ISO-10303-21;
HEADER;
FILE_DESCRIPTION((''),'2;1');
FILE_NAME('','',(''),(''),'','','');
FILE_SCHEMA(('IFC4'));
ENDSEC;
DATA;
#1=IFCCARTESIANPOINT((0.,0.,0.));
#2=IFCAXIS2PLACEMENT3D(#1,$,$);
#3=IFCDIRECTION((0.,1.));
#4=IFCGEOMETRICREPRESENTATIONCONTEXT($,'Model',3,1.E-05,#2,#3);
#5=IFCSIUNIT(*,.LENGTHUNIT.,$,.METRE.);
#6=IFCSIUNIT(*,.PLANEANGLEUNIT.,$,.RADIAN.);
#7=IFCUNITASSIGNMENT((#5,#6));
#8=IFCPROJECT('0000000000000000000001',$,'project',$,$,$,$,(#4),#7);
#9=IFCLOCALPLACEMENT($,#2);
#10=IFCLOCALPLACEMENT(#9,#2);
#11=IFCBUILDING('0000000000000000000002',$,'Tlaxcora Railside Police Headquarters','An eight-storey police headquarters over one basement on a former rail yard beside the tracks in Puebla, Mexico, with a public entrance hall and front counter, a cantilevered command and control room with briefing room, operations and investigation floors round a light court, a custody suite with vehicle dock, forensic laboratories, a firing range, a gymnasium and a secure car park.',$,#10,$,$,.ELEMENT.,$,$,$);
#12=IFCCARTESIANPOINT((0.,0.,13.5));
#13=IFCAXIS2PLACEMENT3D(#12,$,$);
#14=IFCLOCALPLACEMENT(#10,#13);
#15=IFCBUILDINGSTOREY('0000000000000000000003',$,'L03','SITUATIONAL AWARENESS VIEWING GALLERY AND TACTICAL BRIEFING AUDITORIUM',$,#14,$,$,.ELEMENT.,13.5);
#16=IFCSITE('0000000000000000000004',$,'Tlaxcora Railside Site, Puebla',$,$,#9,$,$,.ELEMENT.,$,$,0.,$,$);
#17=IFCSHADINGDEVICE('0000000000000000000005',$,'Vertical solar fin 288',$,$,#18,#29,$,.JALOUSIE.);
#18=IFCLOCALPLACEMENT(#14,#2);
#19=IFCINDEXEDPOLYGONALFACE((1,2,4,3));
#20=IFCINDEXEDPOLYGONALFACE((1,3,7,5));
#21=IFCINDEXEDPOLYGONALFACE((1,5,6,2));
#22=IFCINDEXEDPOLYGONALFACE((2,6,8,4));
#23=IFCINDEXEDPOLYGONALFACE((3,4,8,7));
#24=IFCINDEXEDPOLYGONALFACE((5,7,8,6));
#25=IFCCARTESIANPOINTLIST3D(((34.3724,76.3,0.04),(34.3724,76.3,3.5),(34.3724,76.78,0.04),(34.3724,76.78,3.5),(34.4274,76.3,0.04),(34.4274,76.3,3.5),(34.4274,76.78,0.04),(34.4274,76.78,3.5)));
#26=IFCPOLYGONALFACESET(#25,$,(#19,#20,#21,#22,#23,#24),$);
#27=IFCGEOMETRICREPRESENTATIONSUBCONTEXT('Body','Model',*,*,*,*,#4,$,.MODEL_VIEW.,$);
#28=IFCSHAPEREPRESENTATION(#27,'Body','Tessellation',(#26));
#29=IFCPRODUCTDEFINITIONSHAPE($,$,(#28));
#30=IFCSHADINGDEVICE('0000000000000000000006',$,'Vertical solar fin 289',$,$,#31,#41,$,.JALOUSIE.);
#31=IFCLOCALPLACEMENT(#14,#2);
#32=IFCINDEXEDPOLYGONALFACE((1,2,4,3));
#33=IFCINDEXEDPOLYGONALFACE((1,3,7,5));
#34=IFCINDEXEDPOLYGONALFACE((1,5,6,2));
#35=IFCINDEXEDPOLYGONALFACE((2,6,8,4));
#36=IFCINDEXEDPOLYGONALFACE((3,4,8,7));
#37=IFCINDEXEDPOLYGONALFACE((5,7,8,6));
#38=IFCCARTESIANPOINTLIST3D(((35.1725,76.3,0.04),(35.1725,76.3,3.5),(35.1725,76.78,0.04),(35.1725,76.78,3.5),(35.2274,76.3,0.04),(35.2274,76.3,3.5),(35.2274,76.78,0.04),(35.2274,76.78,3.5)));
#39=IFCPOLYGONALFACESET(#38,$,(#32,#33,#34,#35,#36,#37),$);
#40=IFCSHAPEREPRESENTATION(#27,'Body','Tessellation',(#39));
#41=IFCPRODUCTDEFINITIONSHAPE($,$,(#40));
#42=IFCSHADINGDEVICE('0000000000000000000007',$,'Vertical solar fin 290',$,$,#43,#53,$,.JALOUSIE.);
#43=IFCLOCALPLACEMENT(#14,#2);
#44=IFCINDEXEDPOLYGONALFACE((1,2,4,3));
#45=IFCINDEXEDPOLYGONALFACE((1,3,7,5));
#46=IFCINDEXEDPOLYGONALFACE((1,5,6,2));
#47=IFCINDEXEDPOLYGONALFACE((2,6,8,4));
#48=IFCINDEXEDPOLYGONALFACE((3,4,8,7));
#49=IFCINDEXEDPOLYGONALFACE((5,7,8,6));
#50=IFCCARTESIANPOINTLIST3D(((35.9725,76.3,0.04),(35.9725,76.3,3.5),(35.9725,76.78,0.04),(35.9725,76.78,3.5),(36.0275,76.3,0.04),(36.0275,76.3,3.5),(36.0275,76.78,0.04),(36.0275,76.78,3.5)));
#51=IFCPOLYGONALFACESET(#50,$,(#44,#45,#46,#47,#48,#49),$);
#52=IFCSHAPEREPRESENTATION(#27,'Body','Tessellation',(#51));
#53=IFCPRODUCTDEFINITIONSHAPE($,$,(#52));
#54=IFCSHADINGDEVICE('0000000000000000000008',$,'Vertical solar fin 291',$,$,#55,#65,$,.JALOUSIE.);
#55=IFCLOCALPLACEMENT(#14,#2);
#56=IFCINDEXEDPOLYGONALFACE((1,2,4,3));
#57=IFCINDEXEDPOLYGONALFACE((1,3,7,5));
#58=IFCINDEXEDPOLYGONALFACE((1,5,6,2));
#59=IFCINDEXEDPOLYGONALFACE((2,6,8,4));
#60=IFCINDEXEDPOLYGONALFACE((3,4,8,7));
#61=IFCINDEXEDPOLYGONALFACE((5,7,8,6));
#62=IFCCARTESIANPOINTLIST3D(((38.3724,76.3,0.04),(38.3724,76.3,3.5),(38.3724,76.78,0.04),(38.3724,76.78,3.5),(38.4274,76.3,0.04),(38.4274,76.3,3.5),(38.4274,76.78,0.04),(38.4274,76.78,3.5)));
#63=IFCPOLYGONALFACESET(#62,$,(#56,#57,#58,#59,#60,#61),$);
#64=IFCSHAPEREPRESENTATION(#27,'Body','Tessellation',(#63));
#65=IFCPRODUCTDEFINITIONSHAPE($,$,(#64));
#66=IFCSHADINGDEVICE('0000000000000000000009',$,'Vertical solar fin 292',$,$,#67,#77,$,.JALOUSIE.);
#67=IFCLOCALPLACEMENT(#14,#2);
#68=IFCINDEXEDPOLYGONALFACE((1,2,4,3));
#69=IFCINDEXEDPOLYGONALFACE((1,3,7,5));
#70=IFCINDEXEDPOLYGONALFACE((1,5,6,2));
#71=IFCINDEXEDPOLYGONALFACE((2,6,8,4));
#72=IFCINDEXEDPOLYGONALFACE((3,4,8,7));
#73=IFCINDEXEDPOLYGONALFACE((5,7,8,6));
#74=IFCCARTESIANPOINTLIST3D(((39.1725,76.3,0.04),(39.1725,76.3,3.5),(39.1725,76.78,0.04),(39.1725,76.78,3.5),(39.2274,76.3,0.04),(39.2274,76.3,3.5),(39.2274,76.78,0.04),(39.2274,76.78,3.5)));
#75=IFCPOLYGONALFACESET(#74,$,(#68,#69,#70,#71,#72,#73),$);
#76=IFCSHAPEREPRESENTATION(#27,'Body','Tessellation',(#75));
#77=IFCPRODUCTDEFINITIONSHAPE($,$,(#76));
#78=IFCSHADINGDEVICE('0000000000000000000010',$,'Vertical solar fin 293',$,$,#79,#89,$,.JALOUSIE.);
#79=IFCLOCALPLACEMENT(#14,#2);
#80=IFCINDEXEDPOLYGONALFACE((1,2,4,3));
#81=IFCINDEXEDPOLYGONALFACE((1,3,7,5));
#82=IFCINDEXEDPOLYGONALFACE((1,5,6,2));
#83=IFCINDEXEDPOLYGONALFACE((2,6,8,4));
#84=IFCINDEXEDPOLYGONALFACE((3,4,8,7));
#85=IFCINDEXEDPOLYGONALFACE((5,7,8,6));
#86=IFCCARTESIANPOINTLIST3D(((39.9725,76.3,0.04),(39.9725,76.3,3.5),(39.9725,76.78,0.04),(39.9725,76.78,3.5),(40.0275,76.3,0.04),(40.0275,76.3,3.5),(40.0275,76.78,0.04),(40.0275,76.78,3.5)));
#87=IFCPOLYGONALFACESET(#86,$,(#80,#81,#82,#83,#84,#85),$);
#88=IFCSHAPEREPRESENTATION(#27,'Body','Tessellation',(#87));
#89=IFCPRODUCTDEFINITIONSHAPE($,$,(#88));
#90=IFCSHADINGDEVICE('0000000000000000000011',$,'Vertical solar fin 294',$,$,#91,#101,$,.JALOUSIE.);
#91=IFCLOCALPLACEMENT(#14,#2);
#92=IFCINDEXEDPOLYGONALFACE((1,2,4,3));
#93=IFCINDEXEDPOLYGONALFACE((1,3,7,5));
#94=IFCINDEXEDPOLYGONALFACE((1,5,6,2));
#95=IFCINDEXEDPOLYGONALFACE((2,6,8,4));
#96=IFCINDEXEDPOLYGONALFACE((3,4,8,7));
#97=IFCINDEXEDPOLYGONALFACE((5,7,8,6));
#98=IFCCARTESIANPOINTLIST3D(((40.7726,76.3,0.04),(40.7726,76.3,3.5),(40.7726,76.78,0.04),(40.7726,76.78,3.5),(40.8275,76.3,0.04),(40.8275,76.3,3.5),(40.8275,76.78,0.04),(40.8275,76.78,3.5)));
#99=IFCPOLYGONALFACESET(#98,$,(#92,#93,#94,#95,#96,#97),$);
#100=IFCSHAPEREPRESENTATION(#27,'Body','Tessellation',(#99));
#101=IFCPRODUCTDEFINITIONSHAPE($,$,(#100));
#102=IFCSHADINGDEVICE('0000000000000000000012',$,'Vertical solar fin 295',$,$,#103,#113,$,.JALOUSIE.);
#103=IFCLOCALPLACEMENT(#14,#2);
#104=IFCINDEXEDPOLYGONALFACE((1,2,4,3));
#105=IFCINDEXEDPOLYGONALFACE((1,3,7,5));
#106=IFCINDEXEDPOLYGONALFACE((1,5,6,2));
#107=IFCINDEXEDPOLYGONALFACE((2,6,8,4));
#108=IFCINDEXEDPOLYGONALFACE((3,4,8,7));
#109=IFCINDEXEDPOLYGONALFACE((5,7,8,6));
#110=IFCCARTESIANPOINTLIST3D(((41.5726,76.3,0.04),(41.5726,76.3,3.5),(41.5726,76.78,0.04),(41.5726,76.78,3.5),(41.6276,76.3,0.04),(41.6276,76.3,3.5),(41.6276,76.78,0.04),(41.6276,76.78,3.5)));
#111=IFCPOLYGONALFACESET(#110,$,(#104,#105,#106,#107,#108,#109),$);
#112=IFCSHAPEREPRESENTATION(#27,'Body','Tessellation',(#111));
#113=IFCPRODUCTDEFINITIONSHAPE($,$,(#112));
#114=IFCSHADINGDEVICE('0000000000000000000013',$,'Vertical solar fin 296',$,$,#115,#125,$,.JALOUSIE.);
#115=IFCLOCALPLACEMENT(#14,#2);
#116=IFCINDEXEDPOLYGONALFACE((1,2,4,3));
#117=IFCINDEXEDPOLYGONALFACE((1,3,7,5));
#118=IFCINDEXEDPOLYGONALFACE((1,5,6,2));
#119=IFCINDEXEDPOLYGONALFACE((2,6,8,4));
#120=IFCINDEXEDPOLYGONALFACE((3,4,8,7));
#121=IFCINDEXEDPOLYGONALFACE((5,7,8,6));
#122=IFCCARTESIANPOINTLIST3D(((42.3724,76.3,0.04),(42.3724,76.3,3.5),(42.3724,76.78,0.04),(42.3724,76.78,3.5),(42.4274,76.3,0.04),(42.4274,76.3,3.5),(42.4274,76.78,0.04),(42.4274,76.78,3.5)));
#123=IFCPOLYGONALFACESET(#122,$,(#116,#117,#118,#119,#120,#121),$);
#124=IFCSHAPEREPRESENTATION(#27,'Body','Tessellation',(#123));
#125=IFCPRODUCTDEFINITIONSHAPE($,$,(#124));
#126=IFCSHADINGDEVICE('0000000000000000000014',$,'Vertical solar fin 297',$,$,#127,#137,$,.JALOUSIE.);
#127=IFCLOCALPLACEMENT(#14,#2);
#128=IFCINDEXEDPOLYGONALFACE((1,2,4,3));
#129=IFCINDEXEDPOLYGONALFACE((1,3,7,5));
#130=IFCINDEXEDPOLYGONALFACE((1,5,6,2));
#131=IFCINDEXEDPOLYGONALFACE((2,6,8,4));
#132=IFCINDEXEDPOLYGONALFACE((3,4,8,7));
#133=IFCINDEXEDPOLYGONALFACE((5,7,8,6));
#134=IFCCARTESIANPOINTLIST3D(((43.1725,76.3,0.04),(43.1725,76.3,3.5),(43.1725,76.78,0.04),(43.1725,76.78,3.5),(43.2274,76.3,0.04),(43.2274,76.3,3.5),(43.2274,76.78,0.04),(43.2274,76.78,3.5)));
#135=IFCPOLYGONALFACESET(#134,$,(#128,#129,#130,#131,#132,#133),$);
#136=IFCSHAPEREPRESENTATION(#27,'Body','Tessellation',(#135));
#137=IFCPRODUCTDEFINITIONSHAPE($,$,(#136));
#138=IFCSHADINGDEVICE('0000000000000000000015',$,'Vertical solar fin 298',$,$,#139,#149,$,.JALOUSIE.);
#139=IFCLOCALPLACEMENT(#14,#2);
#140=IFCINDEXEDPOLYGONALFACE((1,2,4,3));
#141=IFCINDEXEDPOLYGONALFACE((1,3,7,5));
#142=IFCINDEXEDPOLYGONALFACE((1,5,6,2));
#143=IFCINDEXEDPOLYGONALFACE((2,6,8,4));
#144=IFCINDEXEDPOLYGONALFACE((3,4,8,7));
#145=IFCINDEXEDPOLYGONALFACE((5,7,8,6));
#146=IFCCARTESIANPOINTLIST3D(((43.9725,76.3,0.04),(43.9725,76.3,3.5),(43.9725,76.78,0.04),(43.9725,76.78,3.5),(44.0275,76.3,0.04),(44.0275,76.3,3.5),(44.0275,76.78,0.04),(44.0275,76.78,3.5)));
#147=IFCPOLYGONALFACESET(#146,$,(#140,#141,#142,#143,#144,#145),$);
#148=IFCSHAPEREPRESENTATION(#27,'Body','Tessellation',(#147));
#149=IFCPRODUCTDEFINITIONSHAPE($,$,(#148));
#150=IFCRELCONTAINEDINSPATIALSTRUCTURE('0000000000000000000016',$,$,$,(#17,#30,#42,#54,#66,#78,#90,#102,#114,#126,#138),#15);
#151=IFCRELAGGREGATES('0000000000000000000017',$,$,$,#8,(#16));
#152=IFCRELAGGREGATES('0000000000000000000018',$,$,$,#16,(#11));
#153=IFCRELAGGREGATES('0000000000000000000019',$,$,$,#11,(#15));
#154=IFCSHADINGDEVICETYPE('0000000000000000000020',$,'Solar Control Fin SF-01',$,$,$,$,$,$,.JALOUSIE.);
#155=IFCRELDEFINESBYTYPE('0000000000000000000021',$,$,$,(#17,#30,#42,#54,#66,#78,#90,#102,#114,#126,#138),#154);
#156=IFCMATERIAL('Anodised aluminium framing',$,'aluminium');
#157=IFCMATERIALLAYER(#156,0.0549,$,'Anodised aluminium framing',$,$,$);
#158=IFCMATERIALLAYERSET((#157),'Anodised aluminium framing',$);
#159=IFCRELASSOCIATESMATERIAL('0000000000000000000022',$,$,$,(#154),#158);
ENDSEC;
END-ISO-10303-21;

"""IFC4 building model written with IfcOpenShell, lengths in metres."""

from ifc_helpers import new_model, si_unit, direction, frame, origin, origin_2d, place, context, subcontext, project, spatial, rectangle, extrude, material, layer, layer_set, type_object, element, save


model = new_model("IFC4")

# Units and contexts
model_context = context("Model", 3, precision=1e-05, world=origin(), true_north=direction((0.0, 1.0)))
body_context = subcontext(model_context, "Body", "Model", "MODEL_VIEW")
ifc_project = project(units=[si_unit("LENGTHUNIT", "METRE"), si_unit("PLANEANGLEUNIT", "RADIAN")], contexts=[model_context])

# Site, building, storey
site_placement = place(None, origin())
site = spatial("IfcSite", under=ifc_project, at=site_placement, Name="Tlaxcora Railside Site, Puebla", CompositionType="ELEMENT", RefElevation=0.0)
building_placement = place(site_placement, origin())
building = spatial("IfcBuilding", under=site, at=building_placement, Name="Tlaxcora Railside Police Headquarters", Description="An eight-storey police headquarters over one basement on a former rail yard beside the tracks in Puebla, Mexico, with a public entrance hall and front counter, a cantilevered command and control room with briefing room, operations and investigation floors round a light court, a custody suite with vehicle dock, forensic laboratories, a firing range, a gymnasium and a secure car park.", CompositionType="ELEMENT")
storey_placement = place(building_placement, frame((0.0, 0.0, 13.5)))
storey = spatial("IfcBuildingStorey", under=building, at=storey_placement, Name="L03", Description="SITUATIONAL AWARENESS VIEWING GALLERY AND TACTICAL BRIEFING AUDITORIUM", CompositionType="ELEMENT", Elevation=13.5)

# Shared definitions
ifc_material_1 = material(Name="Anodised aluminium framing", Category="aluminium")

# Shading devices
ifc_layer_1 = layer(ifc_material_1, 0.0549, Name="Anodised aluminium framing")
ifc_layer_set_1 = layer_set([ifc_layer_1], Name="Anodised aluminium framing")
shading_device_type = type_object("IfcShadingDeviceType", Name="Solar Control Fin SF-01", PredefinedType="JALOUSIE", material=ifc_layer_set_1)
for number, where, z_axis, x_axis, name in (
    (1, (34.3999, 76.54, 0.04), (0.0, 0.0, 1.0), (0.0, -1.0, 0.0), "Vertical solar fin 288"),
    (2, (35.2, 76.54, 0.04), (0.0, 0.0, 1.0), (0.0, -1.0, 0.0), "Vertical solar fin 289"),
    (3, (36.0, 76.54, 0.04), (0.0, 0.0, 1.0), (0.0, -1.0, 0.0), "Vertical solar fin 290"),
    (4, (38.3999, 76.54, 0.04), (0.0, 0.0, 1.0), (0.0, -1.0, 0.0), "Vertical solar fin 291"),
    (5, (39.2, 76.54, 0.04), (0.0, 0.0, 1.0), (0.0, -1.0, 0.0), "Vertical solar fin 292"),
    (6, (40.0, 76.54, 0.04), (0.0, 0.0, 1.0), (0.0, -1.0, 0.0), "Vertical solar fin 293"),
    (7, (40.8, 76.54, 0.04), (0.0, 0.0, 1.0), (0.0, -1.0, 0.0), "Vertical solar fin 294"),
    (8, (41.6001, 76.54, 0.04), (0.0, 0.0, 1.0), (0.0, -1.0, 0.0), "Vertical solar fin 295"),
    (9, (42.3999, 76.54, 0.04), (0.0, 0.0, 1.0), (0.0, -1.0, 0.0), "Vertical solar fin 296"),
    (10, (43.2, 76.54, 0.04), (0.0, 0.0, 1.0), (0.0, -1.0, 0.0), "Vertical solar fin 297"),
    (11, (44.0, 76.54, 0.04), (0.0, 0.0, 1.0), (0.0, -1.0, 0.0), "Vertical solar fin 298"),
):
    element("IfcShadingDevice", number, at=place(storey_placement, frame(where, z_axis=z_axis, x_axis=x_axis)), inside=storey, type_object=shading_device_type, Name=name, PredefinedType="JALOUSIE", context=body_context, shape_type="SweptSolid", body=[
        extrude(rectangle(XDim=0.48, YDim=0.0549, at=origin_2d()), origin(), (0.0, 0.0, 1.0), 3.46),
    ])

save(model, "model.ifc")
